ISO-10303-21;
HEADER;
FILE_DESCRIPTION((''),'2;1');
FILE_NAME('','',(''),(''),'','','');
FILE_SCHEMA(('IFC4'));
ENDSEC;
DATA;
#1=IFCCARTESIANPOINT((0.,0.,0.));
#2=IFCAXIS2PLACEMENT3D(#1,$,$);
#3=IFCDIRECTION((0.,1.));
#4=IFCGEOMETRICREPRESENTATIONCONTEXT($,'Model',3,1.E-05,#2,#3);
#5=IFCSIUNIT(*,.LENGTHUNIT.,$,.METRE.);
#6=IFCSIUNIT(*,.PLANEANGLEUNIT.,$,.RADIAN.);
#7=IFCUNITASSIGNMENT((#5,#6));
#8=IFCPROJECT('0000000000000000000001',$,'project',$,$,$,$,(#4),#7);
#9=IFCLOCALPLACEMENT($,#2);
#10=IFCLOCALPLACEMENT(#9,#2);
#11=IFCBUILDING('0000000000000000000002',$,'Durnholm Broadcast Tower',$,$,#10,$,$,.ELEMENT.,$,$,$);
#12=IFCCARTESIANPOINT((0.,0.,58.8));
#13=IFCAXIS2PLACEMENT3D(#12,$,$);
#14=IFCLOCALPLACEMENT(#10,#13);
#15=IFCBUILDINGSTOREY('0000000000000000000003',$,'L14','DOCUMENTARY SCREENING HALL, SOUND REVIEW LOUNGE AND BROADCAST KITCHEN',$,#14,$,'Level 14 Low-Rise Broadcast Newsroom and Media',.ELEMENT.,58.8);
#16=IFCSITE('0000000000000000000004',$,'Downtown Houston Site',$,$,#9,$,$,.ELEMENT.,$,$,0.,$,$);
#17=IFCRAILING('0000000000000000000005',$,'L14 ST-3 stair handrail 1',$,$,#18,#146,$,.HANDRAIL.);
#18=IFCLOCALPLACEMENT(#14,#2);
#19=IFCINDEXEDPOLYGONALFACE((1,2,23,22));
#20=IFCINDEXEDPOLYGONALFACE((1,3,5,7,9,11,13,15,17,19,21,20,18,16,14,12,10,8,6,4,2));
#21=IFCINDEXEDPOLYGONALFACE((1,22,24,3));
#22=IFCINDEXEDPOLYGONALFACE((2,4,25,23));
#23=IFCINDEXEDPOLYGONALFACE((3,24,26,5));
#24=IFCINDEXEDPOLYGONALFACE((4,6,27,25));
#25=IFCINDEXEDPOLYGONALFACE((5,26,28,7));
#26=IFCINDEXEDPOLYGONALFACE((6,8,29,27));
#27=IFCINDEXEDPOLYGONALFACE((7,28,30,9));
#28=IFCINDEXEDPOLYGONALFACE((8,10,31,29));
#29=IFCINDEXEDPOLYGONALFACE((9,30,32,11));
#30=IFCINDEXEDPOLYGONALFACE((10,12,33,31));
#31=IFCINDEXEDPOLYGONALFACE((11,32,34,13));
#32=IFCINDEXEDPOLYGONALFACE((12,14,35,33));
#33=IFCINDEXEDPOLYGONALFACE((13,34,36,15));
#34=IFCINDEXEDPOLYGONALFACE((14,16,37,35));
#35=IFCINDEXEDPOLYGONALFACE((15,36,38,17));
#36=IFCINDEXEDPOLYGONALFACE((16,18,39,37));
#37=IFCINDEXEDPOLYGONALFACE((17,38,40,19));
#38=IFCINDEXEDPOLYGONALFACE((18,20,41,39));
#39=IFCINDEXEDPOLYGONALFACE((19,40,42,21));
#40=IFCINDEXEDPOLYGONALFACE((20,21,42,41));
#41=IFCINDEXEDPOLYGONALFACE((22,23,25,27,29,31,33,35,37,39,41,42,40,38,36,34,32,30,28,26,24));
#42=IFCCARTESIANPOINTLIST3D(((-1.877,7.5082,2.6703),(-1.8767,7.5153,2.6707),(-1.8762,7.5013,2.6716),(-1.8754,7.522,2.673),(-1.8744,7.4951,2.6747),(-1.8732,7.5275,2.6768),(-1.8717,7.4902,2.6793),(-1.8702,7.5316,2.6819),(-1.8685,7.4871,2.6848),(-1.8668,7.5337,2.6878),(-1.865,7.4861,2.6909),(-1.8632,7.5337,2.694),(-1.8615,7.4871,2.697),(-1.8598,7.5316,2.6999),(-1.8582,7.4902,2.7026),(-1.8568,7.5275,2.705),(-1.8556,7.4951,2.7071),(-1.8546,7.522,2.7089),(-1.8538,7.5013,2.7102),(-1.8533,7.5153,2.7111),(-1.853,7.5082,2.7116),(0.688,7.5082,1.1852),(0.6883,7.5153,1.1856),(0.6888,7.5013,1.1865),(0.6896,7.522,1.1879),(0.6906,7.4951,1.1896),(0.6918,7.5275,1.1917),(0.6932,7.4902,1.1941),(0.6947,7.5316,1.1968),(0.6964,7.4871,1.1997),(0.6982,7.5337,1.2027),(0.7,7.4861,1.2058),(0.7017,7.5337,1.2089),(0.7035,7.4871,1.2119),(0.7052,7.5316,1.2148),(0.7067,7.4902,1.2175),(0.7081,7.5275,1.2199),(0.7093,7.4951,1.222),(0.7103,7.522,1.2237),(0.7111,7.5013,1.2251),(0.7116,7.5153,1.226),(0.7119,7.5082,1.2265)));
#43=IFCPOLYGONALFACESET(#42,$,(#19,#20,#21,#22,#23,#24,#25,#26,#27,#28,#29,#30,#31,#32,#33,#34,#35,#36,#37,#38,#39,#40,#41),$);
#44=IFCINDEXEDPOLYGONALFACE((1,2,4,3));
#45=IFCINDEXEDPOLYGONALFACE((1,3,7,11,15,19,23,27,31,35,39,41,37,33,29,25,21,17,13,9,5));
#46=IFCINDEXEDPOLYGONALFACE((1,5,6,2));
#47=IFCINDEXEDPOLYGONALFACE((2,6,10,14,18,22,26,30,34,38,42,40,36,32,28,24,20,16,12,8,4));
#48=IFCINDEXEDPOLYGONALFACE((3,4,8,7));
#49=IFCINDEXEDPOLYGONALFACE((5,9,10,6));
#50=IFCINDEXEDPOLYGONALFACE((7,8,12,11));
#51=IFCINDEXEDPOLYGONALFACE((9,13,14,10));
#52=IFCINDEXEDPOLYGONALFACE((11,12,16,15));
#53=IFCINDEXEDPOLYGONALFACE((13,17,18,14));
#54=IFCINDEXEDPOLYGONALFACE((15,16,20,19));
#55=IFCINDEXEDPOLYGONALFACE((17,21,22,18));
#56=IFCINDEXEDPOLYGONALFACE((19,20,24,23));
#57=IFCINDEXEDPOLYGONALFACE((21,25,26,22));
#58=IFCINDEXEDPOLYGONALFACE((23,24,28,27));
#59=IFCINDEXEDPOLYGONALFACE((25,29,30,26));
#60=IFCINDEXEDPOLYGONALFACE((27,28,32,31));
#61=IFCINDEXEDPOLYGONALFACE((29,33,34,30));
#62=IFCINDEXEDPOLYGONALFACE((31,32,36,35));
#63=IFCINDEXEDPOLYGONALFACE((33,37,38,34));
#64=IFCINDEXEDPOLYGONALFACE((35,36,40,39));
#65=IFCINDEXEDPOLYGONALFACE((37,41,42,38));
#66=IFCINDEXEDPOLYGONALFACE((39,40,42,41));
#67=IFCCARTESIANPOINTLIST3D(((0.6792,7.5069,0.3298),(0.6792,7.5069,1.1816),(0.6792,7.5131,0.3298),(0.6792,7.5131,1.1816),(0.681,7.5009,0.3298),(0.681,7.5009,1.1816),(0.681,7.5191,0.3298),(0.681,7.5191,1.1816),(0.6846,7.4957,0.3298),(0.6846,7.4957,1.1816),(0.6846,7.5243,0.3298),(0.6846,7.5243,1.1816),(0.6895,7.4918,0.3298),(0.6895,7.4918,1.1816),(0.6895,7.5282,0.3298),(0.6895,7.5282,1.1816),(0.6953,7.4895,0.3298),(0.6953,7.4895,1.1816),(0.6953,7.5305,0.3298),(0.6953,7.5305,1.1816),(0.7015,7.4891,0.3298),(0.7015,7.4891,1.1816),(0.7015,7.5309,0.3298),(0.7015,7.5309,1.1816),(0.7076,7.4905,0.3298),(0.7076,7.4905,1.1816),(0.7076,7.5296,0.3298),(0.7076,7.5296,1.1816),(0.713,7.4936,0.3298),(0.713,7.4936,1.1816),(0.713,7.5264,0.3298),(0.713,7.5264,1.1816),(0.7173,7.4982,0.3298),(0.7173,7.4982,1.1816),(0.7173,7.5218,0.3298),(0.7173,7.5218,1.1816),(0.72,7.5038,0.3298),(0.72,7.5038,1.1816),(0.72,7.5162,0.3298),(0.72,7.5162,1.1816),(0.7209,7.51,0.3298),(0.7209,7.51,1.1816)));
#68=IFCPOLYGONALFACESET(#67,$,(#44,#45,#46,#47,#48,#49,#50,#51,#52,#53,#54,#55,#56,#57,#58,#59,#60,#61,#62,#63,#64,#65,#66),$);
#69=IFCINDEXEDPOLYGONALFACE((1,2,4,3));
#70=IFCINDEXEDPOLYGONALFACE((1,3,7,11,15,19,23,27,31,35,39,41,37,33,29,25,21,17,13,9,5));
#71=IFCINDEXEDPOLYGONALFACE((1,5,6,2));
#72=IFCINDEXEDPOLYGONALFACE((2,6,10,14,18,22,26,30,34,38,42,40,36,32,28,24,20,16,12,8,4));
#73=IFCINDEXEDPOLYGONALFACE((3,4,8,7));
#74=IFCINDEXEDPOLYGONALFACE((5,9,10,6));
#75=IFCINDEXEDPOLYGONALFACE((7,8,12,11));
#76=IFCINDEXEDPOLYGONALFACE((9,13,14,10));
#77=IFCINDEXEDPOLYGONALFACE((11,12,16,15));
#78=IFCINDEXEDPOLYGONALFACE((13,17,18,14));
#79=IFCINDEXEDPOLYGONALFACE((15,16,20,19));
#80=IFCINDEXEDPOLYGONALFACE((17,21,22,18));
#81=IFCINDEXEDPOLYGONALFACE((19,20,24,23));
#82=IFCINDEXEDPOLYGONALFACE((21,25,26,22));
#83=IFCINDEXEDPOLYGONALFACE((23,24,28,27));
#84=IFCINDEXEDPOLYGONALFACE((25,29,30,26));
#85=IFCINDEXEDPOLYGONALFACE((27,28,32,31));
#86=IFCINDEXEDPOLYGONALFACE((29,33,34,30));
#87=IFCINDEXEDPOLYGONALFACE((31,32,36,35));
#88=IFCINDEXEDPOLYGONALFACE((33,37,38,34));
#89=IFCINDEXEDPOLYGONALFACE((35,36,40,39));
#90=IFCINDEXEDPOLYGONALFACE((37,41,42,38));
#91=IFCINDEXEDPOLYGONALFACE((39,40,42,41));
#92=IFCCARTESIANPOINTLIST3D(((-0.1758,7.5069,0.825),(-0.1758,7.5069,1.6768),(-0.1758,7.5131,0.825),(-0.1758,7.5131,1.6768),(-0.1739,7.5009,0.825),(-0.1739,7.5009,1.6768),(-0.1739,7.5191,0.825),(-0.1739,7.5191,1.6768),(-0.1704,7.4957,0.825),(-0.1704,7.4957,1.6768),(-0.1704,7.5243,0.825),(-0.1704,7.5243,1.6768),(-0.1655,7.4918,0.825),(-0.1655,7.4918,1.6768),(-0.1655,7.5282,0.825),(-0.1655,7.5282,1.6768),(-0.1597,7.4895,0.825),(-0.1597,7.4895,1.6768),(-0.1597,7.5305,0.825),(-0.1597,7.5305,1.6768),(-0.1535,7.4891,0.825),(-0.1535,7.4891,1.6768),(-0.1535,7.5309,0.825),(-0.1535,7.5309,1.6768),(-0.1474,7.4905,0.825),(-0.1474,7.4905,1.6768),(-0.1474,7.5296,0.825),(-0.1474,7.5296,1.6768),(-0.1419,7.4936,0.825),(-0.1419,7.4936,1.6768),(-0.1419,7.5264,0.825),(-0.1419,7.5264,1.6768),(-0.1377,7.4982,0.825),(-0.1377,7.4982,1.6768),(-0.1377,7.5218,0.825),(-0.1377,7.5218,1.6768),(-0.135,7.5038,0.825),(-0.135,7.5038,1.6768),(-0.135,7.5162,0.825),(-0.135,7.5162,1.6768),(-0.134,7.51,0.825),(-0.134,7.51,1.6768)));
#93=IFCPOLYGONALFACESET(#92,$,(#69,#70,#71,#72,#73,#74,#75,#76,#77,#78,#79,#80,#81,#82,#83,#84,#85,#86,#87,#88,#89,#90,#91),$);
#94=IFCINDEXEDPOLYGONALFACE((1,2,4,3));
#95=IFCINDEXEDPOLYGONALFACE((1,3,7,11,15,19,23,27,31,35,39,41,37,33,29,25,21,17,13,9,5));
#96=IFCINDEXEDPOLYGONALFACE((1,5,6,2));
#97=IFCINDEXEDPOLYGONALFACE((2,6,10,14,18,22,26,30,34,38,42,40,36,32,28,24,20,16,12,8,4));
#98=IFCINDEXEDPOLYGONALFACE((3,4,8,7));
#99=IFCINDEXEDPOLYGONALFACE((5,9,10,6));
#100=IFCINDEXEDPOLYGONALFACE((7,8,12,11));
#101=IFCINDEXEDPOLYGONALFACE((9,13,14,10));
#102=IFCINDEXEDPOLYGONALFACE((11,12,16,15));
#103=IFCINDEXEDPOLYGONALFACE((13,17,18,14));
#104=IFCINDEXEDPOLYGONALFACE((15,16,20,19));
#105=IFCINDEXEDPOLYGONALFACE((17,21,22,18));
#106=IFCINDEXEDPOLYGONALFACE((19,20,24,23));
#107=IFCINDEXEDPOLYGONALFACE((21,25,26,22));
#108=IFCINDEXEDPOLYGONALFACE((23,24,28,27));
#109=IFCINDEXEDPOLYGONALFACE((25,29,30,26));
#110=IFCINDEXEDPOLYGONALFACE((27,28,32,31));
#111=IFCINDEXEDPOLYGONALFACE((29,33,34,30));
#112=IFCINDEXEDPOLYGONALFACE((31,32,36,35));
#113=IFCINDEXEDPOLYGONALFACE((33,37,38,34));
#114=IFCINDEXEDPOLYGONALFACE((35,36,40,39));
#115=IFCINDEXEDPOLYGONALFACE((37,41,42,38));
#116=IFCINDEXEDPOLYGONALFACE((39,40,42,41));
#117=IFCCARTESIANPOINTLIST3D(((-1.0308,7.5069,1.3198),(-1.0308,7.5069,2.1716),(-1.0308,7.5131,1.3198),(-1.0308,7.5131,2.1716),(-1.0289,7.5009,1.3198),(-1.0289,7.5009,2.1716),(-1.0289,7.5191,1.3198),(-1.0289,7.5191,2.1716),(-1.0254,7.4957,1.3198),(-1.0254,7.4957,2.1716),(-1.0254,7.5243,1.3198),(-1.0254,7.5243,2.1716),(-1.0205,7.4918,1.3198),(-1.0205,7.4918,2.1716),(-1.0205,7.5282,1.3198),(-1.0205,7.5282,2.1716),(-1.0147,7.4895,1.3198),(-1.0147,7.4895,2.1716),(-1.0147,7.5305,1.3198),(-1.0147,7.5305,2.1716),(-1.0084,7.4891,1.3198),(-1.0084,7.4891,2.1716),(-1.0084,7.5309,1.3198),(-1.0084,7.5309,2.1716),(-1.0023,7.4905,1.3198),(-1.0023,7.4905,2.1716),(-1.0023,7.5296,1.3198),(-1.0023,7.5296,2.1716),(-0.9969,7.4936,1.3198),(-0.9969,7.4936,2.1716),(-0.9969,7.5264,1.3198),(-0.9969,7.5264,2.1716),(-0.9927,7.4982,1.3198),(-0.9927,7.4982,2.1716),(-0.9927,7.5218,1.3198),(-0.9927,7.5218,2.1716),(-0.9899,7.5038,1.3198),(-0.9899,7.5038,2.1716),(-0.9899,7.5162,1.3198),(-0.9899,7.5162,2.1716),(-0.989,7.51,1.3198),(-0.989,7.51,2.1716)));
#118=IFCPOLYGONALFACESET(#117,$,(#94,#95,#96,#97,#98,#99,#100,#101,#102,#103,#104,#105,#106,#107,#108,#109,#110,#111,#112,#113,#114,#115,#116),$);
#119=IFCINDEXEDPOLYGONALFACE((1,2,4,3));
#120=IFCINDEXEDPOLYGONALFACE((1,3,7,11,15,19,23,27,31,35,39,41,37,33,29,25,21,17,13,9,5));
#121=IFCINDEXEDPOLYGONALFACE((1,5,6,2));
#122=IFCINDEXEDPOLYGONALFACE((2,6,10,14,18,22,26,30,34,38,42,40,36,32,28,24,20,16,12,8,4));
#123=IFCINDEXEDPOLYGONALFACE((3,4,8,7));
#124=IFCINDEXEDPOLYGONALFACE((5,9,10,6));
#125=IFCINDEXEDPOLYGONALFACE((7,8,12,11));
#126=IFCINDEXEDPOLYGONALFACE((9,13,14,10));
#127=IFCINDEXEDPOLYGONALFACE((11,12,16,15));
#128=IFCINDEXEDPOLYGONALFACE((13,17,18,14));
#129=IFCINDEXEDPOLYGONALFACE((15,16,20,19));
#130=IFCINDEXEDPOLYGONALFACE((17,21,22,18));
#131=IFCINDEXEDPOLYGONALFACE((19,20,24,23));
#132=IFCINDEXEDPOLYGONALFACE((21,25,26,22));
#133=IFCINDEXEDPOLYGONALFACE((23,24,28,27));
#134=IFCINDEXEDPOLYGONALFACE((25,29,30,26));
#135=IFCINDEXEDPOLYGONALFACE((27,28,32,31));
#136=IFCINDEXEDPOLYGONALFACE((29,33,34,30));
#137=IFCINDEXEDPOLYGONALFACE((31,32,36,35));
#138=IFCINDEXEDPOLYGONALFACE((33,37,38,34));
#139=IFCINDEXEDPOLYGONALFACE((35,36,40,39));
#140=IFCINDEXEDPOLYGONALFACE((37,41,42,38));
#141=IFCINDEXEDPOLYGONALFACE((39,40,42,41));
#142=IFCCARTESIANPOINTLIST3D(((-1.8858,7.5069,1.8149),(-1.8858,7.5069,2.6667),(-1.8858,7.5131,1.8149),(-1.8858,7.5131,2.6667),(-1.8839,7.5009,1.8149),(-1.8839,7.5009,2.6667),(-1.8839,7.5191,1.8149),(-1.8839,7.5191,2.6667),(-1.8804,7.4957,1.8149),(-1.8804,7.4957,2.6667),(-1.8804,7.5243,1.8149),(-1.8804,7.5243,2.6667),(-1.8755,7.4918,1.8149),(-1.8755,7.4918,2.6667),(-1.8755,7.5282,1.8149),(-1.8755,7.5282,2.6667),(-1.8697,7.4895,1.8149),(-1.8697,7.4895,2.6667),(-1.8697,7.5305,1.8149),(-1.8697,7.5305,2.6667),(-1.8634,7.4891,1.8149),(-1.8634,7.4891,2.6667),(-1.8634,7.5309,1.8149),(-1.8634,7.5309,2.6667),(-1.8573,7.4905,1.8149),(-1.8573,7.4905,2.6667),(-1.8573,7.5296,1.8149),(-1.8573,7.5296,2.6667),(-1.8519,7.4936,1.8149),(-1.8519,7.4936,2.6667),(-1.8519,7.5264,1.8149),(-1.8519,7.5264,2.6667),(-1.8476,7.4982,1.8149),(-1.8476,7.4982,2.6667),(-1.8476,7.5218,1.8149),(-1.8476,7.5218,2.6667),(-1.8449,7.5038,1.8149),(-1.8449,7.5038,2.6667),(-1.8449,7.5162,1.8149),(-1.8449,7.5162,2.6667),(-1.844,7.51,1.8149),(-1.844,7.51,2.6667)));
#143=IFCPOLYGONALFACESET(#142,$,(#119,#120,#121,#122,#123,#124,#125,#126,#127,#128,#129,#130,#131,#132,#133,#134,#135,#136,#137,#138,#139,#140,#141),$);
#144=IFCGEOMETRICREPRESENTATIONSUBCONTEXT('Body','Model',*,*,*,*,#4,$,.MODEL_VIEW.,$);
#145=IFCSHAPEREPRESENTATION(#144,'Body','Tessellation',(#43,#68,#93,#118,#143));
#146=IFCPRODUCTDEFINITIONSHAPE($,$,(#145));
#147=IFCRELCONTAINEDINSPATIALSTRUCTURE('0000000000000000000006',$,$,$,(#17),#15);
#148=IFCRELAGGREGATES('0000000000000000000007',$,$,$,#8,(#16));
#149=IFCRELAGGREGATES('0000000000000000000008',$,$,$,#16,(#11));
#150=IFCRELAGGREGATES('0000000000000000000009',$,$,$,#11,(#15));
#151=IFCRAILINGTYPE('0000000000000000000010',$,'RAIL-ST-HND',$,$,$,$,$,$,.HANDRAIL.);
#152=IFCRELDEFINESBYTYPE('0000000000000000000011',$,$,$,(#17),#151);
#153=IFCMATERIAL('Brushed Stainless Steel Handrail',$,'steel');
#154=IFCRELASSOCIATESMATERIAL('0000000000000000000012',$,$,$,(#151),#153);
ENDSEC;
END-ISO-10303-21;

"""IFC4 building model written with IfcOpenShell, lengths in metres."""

from ifc_helpers import new_model, si_unit, direction, frame, origin, origin_2d, place, context, subcontext, project, spatial, circle, extrude, material, type_object, element, save


model = new_model("IFC4")

# Units and contexts
model_context = context("Model", 3, precision=1e-05, world=origin(), true_north=direction((0.0, 1.0)))
body_context = subcontext(model_context, "Body", "Model", "MODEL_VIEW")
ifc_project = project(units=[si_unit("LENGTHUNIT", "METRE"), si_unit("PLANEANGLEUNIT", "RADIAN")], contexts=[model_context])

# Site, building, storey
site_placement = place(None, origin())
site = spatial("IfcSite", under=ifc_project, at=site_placement, Name="Downtown Houston Site", CompositionType="ELEMENT", RefElevation=0.0)
building_placement = place(site_placement, origin())
building = spatial("IfcBuilding", under=site, at=building_placement, Name="Durnholm Broadcast Tower", CompositionType="ELEMENT")
storey_placement = place(building_placement, frame((0.0, 0.0, 58.8)))
storey = spatial("IfcBuildingStorey", under=building, at=storey_placement, Name="L14", Description="DOCUMENTARY SCREENING HALL, SOUND REVIEW LOUNGE AND BROADCAST KITCHEN", LongName="Level 14 Low-Rise Broadcast Newsroom and Media", CompositionType="ELEMENT", Elevation=58.8)

# Railing
ifc_material_1 = material(Name="Brushed Stainless Steel Handrail", Category="steel")
railing_type_1 = type_object("IfcRailingType", Name="RAIL-ST-HND", PredefinedType="HANDRAIL", material=ifc_material_1)
railing_1_placement = place(storey_placement, frame((0.7, 7.51, 0.3298)))
element("IfcRailing", 1, at=railing_1_placement, inside=storey, type_object=railing_type_1, Name="L14 ST-3 stair handrail 1", PredefinedType="HANDRAIL", context=body_context, shape_type="SweptSolid", body=[
    extrude(circle(Radius=0.0239, at=origin_2d()), frame((0.0, 0.0, 0.876), z_axis=(-0.865406, 0.0, 0.501072), x_axis=(0.0, -1.0, 0.0)), (0.0, 0.0, 1.0), 2.9639),
    extrude(circle(Radius=0.021, at=origin_2d()), origin(), (0.0, 0.0, 1.0), 0.8518),
    extrude(circle(Radius=0.021, at=origin_2d()), frame((-0.855, 0.0, 0.4951)), (0.0, 0.0, 1.0), 0.8518),
    extrude(circle(Radius=0.021, at=origin_2d()), frame((-1.71, 0.0, 0.99)), (0.0, 0.0, 1.0), 0.8518),
    extrude(circle(Radius=0.021, at=origin_2d()), frame((-2.5649, 0.0, 1.4851)), (0.0, 0.0, 1.0), 0.8518),
])

save(model, "model.ifc")
